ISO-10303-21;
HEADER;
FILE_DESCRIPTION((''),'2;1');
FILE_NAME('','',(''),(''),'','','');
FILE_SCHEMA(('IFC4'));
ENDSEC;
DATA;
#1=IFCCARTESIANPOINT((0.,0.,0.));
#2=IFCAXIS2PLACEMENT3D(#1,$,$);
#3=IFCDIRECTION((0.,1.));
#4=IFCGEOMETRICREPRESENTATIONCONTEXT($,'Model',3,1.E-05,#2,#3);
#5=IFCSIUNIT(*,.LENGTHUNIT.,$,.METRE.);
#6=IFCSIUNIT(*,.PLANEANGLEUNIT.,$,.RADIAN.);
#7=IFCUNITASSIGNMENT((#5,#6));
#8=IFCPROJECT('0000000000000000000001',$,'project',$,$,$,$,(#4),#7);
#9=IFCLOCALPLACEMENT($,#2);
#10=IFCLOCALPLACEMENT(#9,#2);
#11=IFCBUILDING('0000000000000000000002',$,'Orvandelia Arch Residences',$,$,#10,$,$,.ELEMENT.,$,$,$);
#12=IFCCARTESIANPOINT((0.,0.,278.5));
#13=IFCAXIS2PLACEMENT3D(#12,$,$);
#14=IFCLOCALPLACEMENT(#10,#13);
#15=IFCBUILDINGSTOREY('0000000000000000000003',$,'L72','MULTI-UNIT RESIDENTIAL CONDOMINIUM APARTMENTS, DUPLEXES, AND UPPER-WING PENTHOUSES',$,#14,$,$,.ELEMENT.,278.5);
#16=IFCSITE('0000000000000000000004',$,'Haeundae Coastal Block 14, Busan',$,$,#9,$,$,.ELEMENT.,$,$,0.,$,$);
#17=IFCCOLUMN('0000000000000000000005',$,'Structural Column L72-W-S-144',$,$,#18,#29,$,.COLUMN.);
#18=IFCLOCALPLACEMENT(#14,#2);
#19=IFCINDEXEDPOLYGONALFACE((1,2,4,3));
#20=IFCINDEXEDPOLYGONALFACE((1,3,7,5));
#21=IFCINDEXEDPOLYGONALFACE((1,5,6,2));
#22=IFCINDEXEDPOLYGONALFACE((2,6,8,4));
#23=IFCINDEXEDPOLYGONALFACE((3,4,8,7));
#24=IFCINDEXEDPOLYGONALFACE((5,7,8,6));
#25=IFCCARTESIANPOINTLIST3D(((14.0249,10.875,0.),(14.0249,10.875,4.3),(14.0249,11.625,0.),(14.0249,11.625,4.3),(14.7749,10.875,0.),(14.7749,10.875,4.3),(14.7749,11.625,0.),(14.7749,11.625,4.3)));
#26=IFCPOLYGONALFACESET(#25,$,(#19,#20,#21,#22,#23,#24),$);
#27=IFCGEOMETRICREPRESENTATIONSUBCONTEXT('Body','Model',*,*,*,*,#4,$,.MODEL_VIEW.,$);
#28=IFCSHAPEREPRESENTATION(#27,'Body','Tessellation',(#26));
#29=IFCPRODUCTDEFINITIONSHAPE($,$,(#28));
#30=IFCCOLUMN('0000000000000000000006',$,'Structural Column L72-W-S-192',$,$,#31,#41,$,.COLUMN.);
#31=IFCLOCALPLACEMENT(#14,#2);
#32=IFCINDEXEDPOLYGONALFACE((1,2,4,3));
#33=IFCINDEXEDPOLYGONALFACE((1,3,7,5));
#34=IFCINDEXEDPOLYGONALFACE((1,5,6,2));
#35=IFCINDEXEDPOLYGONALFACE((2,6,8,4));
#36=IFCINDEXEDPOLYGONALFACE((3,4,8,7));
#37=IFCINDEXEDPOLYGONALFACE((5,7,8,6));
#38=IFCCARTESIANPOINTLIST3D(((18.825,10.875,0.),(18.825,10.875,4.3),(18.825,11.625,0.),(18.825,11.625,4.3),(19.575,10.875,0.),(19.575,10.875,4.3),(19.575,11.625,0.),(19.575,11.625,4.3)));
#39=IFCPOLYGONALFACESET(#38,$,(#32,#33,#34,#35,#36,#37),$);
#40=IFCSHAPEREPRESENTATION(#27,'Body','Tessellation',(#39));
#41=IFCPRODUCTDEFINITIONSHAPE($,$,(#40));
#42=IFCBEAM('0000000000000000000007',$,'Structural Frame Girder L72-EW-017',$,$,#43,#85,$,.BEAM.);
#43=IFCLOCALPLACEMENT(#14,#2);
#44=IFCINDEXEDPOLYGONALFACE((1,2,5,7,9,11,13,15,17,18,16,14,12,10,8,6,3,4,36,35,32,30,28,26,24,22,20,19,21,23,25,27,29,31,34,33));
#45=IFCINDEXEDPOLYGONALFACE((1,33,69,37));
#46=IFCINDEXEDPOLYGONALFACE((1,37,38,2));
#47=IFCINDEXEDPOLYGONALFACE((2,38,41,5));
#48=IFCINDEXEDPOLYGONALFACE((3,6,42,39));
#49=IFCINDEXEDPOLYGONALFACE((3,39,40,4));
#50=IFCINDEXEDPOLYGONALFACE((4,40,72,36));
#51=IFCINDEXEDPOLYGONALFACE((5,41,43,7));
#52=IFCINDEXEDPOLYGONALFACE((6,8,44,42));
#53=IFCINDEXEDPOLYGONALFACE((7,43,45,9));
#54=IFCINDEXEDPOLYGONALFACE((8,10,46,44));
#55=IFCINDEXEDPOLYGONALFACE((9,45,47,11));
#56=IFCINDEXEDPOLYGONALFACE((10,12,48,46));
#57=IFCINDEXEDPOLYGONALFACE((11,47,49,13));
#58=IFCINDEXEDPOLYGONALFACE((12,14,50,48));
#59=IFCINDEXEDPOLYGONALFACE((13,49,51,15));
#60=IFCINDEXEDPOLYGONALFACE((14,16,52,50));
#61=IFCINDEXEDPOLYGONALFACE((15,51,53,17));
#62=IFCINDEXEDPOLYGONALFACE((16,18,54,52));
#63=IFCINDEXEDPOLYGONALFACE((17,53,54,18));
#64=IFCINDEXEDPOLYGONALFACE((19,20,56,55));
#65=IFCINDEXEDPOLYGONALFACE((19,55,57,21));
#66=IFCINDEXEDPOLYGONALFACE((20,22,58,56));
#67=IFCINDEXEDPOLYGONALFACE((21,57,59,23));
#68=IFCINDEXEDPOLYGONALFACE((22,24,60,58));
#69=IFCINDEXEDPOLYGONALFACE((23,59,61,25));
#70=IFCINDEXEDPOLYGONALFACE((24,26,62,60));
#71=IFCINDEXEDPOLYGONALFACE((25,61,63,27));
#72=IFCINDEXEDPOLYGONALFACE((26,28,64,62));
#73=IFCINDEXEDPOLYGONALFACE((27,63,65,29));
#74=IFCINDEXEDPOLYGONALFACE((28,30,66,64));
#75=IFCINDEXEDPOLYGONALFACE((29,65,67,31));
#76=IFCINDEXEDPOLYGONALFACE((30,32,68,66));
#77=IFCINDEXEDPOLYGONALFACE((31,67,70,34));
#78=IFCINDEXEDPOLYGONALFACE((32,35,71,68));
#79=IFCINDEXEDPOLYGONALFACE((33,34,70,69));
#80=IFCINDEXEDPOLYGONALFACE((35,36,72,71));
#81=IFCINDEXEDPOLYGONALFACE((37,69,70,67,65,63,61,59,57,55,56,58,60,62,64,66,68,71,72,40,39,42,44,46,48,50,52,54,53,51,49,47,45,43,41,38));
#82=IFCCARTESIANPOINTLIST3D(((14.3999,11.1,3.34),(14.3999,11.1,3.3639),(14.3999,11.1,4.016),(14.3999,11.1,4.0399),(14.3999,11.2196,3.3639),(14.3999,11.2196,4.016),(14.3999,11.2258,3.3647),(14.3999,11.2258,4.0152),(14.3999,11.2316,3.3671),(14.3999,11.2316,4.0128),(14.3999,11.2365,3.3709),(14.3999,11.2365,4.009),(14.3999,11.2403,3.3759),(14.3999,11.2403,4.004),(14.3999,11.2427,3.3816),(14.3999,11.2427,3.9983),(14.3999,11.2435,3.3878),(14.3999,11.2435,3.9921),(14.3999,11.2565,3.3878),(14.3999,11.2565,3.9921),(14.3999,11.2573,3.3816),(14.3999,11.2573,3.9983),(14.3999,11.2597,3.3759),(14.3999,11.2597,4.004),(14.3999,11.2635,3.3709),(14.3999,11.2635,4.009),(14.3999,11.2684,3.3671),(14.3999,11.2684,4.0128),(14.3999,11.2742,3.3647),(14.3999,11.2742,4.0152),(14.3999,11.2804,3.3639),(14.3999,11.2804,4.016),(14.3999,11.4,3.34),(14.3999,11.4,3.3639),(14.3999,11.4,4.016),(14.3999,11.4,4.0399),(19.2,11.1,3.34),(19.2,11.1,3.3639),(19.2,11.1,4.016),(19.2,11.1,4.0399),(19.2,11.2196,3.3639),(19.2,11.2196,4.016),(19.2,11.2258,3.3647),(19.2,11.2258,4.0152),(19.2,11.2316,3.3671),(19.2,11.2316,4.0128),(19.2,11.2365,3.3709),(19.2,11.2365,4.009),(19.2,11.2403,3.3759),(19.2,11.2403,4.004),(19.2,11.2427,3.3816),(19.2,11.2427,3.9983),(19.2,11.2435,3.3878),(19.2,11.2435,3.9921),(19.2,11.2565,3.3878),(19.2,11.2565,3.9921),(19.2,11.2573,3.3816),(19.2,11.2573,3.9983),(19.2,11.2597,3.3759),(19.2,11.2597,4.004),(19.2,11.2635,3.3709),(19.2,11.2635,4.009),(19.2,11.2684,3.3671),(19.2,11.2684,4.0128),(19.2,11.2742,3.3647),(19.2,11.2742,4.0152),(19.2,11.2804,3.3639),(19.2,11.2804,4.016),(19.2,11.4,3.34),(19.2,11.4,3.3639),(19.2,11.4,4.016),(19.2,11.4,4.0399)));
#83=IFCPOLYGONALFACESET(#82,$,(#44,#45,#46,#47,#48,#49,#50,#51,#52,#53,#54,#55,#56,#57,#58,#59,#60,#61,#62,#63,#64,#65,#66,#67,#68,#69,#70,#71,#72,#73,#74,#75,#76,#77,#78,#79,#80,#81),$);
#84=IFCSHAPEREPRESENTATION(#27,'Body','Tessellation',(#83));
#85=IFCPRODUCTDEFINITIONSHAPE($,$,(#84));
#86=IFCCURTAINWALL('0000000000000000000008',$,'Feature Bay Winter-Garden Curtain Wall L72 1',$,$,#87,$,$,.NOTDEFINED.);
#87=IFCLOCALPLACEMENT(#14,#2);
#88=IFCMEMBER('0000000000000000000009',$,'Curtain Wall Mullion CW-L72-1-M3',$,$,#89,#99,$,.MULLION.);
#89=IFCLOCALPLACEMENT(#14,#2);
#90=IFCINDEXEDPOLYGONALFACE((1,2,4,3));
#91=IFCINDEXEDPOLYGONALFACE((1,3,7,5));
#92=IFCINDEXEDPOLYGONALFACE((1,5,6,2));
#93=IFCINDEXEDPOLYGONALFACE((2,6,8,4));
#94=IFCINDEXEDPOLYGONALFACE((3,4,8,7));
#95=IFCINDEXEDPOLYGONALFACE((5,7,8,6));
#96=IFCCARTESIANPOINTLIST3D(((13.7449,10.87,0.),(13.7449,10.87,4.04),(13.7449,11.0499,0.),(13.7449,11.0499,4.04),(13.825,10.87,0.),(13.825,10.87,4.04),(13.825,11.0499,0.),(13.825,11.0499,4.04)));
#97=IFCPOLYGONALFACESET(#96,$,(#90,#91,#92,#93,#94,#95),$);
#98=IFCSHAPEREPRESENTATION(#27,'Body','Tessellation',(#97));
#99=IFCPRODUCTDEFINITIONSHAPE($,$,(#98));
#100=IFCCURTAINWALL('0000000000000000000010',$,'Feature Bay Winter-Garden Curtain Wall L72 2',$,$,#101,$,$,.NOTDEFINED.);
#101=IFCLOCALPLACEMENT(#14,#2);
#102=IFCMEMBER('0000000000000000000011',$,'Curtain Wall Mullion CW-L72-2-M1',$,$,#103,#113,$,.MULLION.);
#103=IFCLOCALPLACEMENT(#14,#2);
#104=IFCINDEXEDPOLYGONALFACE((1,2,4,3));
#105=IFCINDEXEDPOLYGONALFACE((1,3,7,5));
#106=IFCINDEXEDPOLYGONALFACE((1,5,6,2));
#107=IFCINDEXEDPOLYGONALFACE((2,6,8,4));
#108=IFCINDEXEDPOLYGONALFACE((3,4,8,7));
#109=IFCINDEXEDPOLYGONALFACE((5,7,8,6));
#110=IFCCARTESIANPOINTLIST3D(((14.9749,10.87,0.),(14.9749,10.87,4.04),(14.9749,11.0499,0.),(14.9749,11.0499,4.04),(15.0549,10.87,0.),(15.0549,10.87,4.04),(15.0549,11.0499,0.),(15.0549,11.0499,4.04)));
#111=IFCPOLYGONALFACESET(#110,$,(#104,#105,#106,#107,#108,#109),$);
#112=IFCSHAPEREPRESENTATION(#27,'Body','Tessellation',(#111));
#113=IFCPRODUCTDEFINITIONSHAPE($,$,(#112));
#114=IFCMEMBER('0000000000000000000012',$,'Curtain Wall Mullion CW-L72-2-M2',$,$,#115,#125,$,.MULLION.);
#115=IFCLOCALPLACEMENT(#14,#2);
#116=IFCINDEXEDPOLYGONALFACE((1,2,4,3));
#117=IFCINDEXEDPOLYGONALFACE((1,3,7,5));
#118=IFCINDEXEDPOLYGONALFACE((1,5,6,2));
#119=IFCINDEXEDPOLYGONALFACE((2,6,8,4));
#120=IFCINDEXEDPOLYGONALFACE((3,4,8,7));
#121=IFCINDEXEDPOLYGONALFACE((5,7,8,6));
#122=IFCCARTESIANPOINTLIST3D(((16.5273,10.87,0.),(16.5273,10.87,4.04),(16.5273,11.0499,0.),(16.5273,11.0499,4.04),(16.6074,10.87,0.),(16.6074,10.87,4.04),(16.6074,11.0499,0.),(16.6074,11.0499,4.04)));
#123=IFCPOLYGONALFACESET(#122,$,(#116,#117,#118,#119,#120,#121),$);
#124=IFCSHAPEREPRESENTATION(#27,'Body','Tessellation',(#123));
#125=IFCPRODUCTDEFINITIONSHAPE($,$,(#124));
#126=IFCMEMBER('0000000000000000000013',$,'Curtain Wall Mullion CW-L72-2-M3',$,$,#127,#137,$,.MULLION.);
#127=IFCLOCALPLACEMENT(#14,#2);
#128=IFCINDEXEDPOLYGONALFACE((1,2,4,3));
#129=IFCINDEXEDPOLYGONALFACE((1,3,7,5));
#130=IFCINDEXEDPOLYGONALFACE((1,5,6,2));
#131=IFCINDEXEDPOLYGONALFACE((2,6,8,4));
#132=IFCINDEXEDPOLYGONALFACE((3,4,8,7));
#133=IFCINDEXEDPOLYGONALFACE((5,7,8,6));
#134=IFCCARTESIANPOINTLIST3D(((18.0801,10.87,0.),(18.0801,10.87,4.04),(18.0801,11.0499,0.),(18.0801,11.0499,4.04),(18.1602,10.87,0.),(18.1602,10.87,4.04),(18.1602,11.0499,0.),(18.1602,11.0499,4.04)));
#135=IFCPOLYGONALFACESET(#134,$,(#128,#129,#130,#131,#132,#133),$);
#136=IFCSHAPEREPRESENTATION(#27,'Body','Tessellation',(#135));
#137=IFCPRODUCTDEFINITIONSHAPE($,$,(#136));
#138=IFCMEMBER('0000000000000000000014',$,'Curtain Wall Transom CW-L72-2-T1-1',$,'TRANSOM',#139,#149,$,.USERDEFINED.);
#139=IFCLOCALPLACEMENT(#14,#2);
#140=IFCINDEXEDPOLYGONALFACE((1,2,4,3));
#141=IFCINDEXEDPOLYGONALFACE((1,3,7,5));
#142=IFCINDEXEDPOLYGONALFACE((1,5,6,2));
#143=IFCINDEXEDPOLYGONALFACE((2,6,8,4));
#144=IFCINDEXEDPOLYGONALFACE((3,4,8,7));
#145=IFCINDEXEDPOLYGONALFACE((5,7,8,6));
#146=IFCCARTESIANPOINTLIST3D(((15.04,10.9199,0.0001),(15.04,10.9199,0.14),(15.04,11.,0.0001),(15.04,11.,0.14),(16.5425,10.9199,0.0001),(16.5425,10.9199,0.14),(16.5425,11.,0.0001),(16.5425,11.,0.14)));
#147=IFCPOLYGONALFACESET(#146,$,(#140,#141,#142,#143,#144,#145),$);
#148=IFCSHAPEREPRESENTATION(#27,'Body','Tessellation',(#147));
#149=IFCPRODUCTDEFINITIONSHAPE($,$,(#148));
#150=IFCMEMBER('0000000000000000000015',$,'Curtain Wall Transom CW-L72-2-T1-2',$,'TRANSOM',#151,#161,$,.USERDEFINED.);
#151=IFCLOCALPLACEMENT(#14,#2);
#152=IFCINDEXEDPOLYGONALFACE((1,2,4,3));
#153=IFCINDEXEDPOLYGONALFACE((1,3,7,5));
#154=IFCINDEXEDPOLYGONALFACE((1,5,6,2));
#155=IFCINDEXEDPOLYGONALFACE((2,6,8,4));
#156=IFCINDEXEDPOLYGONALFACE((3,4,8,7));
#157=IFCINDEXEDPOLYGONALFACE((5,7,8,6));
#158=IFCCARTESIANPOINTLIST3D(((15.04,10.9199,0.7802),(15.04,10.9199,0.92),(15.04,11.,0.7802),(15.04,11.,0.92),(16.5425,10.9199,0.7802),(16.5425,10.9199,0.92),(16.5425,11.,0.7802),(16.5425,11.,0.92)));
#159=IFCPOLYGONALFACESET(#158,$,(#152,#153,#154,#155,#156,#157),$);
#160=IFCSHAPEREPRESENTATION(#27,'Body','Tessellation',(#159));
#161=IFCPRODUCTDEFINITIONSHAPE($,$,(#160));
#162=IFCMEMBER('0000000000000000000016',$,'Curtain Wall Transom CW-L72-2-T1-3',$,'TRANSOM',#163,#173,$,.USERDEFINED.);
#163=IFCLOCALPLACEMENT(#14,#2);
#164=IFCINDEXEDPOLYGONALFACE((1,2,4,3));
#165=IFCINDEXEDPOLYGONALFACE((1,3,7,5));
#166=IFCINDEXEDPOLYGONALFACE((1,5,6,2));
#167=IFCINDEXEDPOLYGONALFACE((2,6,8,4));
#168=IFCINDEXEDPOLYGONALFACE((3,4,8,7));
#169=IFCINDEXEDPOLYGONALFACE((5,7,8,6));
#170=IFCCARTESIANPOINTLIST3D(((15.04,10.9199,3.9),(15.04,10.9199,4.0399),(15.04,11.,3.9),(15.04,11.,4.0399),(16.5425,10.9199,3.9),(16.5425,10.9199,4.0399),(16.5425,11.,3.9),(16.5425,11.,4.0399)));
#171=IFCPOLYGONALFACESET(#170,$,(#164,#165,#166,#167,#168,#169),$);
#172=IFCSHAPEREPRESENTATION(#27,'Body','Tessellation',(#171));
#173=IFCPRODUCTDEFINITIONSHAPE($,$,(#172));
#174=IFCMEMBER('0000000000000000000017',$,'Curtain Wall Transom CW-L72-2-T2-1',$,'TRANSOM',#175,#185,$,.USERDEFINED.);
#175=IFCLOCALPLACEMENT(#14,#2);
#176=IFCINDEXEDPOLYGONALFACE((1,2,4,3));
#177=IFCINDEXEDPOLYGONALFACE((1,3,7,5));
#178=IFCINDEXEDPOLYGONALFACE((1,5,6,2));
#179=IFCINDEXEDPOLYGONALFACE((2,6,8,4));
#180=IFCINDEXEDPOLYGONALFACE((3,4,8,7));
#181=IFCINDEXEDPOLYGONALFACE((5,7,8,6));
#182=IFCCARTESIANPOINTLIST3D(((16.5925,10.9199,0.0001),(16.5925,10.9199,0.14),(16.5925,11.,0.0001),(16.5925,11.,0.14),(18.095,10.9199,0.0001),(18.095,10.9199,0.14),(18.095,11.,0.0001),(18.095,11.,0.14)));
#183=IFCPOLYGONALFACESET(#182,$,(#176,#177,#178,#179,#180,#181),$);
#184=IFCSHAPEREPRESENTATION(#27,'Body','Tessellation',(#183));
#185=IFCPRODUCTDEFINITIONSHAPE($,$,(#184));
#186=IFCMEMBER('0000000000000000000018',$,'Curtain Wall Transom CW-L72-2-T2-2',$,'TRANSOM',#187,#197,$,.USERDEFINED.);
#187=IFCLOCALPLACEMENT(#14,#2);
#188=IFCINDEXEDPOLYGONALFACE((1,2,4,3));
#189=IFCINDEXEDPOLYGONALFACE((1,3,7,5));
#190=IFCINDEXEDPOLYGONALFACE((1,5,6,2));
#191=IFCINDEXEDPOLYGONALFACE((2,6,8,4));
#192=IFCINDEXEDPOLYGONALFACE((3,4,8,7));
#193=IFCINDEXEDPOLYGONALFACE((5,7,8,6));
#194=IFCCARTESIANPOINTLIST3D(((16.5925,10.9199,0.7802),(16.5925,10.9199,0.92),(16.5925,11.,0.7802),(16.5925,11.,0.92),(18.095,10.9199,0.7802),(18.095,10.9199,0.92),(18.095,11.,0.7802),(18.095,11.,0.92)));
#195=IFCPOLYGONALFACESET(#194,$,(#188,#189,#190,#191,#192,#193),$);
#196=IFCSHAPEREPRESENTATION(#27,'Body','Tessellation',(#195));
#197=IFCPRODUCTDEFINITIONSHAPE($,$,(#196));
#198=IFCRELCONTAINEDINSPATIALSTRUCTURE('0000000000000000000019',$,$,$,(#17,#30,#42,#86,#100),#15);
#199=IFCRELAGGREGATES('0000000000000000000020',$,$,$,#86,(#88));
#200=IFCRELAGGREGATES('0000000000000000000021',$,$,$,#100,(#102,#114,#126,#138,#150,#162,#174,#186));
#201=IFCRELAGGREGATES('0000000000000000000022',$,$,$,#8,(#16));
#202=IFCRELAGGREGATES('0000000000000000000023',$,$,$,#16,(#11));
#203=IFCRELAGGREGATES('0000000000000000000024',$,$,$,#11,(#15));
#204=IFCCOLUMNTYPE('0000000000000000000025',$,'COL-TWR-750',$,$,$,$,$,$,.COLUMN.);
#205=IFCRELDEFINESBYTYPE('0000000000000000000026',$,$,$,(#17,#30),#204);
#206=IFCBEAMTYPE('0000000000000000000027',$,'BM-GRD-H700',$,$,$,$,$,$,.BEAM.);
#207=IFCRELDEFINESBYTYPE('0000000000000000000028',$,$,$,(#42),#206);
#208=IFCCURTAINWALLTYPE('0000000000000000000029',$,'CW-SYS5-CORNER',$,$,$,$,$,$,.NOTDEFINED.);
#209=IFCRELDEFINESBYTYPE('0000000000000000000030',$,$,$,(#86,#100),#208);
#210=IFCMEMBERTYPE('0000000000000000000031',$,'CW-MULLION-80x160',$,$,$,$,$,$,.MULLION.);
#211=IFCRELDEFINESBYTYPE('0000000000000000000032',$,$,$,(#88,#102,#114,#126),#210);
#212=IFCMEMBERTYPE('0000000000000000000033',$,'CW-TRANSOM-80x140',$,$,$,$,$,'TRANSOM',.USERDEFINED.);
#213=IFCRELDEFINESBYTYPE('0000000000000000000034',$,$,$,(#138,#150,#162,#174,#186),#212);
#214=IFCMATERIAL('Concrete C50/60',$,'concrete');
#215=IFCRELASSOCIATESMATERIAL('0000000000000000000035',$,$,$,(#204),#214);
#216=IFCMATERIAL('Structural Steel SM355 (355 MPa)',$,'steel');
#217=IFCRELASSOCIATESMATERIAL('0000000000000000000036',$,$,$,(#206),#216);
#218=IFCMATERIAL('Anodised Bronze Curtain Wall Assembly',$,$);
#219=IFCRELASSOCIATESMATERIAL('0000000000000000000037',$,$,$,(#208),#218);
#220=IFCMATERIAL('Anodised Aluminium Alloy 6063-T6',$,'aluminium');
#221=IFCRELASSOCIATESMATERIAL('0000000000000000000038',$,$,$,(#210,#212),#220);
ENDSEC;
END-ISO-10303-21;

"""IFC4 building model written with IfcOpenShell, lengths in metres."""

from ifc_helpers import new_model, si_unit, direction, frame, origin, origin_2d, place, context, subcontext, project, spatial, rectangle, i_section, extrude, material, material_profile, profile_set, type_object, element, aggregate, save


model = new_model("IFC4")

# Units and contexts
model_context = context("Model", 3, precision=1e-05, world=origin(), true_north=direction((0.0, 1.0)))
body_context = subcontext(model_context, "Body", "Model", "MODEL_VIEW")
ifc_project = project(units=[si_unit("LENGTHUNIT", "METRE"), si_unit("PLANEANGLEUNIT", "RADIAN")], contexts=[model_context])

# Site, building, storey
site_placement = place(None, origin())
site = spatial("IfcSite", under=ifc_project, at=site_placement, Name="Haeundae Coastal Block 14, Busan", CompositionType="ELEMENT", RefElevation=0.0)
building_placement = place(site_placement, origin())
building = spatial("IfcBuilding", under=site, at=building_placement, Name="Orvandelia Arch Residences", CompositionType="ELEMENT")
storey_placement = place(building_placement, frame((0.0, 0.0, 278.5)))
storey = spatial("IfcBuildingStorey", under=building, at=storey_placement, Name="L72", Description="MULTI-UNIT RESIDENTIAL CONDOMINIUM APARTMENTS, DUPLEXES, AND UPPER-WING PENTHOUSES", CompositionType="ELEMENT", Elevation=278.5)

# Columns
ifc_material_1 = material(Name="Concrete C50/60", Category="concrete")
ifc_material_profile_1 = material_profile(ifc_material_1, rectangle(XDim=0.75, YDim=0.75, at=origin_2d()), Name="Concrete C50/60", Category="concrete")
ifc_profile_set_1 = profile_set([ifc_material_profile_1], Name="Concrete C50/60")
column_type = type_object("IfcColumnType", Name="COL-TWR-750", PredefinedType="COLUMN", material=ifc_profile_set_1)
for number, where, z_axis, x_axis, name in (
    (1, (14.3999, 11.25, 0.0), (0.0, 0.0, 1.0), (1.0, 0.0, 0.0), "Structural Column L72-W-S-144"),
    (2, (19.2, 11.25, 0.0), (0.0, 0.0, 1.0), (1.0, 0.0, 0.0), "Structural Column L72-W-S-192"),
):
    element("IfcColumn", number, at=place(storey_placement, frame(where, z_axis=z_axis, x_axis=x_axis)), inside=storey, type_object=column_type, Name=name, PredefinedType="COLUMN", context=body_context, shape_type="SweptSolid", body=[
        extrude(rectangle(XDim=0.75, YDim=0.75, at=origin_2d()), origin(), (0.0, 0.0, 1.0), 4.3),
    ])

# Beam
ifc_material_2 = material(Name="Structural Steel SM355 (355 MPa)", Category="steel")
ifc_material_profile_2 = material_profile(ifc_material_2, i_section(OverallWidth=0.3, OverallDepth=0.7, WebThickness=0.0129, FlangeThickness=0.0239, FilletRadius=0.0239, at=origin_2d()), Name="Structural Steel SM355 (355 MPa)", Category="steel")
ifc_profile_set_2 = profile_set([ifc_material_profile_2], Name="Structural Steel SM355 (355 MPa)")
beam_type = type_object("IfcBeamType", Name="BM-GRD-H700", PredefinedType="BEAM", material=ifc_profile_set_2)
beam_placement = place(storey_placement, frame((14.3999, 11.25, 3.6899), z_axis=(1.0, 0.0, 0.0), x_axis=(0.0, 1.0, 0.0)))
element("IfcBeam", 3, at=beam_placement, inside=storey, type_object=beam_type, Name="Structural Frame Girder L72-EW-017", PredefinedType="BEAM", context=body_context, shape_type="SweptSolid", body=[
    extrude(i_section(OverallWidth=0.3, OverallDepth=0.7, WebThickness=0.0129, FlangeThickness=0.0239, FilletRadius=0.0239, at=origin_2d()), origin(), (0.0, 0.0, 1.0), 4.8),
])

# Curtain wall, member
ifc_material_3 = material(Name="Anodised Bronze Curtain Wall Assembly")
curtain_wall_type = type_object("IfcCurtainWallType", Name="CW-SYS5-CORNER", PredefinedType="NOTDEFINED", material=ifc_material_3)
curtain_wall_1_placement = place(storey_placement, origin())
curtain_wall_1 = element("IfcCurtainWall", 4, at=curtain_wall_1_placement, inside=storey, type_object=curtain_wall_type, Name="Feature Bay Winter-Garden Curtain Wall L72 1", PredefinedType="NOTDEFINED")
ifc_material_4 = material(Name="Anodised Aluminium Alloy 6063-T6", Category="aluminium")
ifc_material_profile_3 = material_profile(ifc_material_4, rectangle(XDim=0.0801, YDim=0.1799, at=origin_2d()), Name="Anodised Aluminium Alloy 6063-T6", Category="aluminium")
ifc_profile_set_3 = profile_set([ifc_material_profile_3], Name="Anodised Aluminium Alloy 6063-T6")
member_type_1 = type_object("IfcMemberType", Name="CW-MULLION-80x160", PredefinedType="MULLION", material=ifc_profile_set_3)
member_1_placement = place(storey_placement, frame((13.7849, 10.96, 0.0), z_axis=(0.0, 0.0, 1.0), x_axis=(1.0, 0.0, 0.0)))
member_1 = element("IfcMember", 5, at=member_1_placement, type_object=member_type_1, Name="Curtain Wall Mullion CW-L72-1-M3", PredefinedType="MULLION", context=body_context, shape_type="SweptSolid", body=[
    extrude(rectangle(XDim=0.0801, YDim=0.1799, at=origin_2d()), origin(), (0.0, 0.0, 1.0), 4.04),
])
aggregate(curtain_wall_1, [member_1])

# Curtain wall, members
curtain_wall_2_placement = place(storey_placement, origin())
curtain_wall_2 = element("IfcCurtainWall", 6, at=curtain_wall_2_placement, inside=storey, type_object=curtain_wall_type, Name="Feature Bay Winter-Garden Curtain Wall L72 2", PredefinedType="NOTDEFINED")
member_2_placement = place(storey_placement, frame((15.0149, 10.96, 0.0), z_axis=(0.0, 0.0, 1.0), x_axis=(1.0, 0.0, 0.0)))
member_2 = element("IfcMember", 7, at=member_2_placement, type_object=member_type_1, Name="Curtain Wall Mullion CW-L72-2-M1", PredefinedType="MULLION", context=body_context, shape_type="SweptSolid", body=[
    extrude(rectangle(XDim=0.0801, YDim=0.1799, at=origin_2d()), origin(), (0.0, 0.0, 1.0), 4.04),
])
member_3_placement = place(storey_placement, frame((16.5674, 10.96, 0.0), z_axis=(0.0, 0.0, 1.0), x_axis=(1.0, 0.0, 0.0)))
member_3 = element("IfcMember", 8, at=member_3_placement, type_object=member_type_1, Name="Curtain Wall Mullion CW-L72-2-M2", PredefinedType="MULLION", context=body_context, shape_type="SweptSolid", body=[
    extrude(rectangle(XDim=0.0801, YDim=0.1799, at=origin_2d()), origin(), (0.0, 0.0, 1.0), 4.04),
])
member_4_placement = place(storey_placement, frame((18.1201, 10.96, 0.0), z_axis=(0.0, 0.0, 1.0), x_axis=(1.0, 0.0, 0.0)))
member_4 = element("IfcMember", 9, at=member_4_placement, type_object=member_type_1, Name="Curtain Wall Mullion CW-L72-2-M3", PredefinedType="MULLION", context=body_context, shape_type="SweptSolid", body=[
    extrude(rectangle(XDim=0.0801, YDim=0.1799, at=origin_2d()), origin(), (0.0, 0.0, 1.0), 4.04),
])
ifc_material_profile_4 = material_profile(ifc_material_4, rectangle(XDim=0.0801, YDim=0.1399, at=origin_2d()), Name="Anodised Aluminium Alloy 6063-T6", Category="aluminium")
ifc_profile_set_4 = profile_set([ifc_material_profile_4], Name="Anodised Aluminium Alloy 6063-T6")
member_type_2 = type_object("IfcMemberType", Name="CW-TRANSOM-80x140", ElementType="TRANSOM", PredefinedType="USERDEFINED", material=ifc_profile_set_4)
member_5_placement = place(storey_placement, frame((15.04, 10.96, 0.0701), z_axis=(1.0, 0.0, 0.0), x_axis=(0.0, 1.0, 0.0)))
member_5 = element("IfcMember", 10, at=member_5_placement, type_object=member_type_2, Name="Curtain Wall Transom CW-L72-2-T1-1", ObjectType="TRANSOM", PredefinedType="USERDEFINED", context=body_context, shape_type="SweptSolid", body=[
    extrude(rectangle(XDim=0.0801, YDim=0.1399, at=origin_2d()), origin(), (0.0, 0.0, 1.0), 1.5024),
])
member_6_placement = place(storey_placement, frame((15.04, 10.96, 0.8501), z_axis=(1.0, 0.0, 0.0), x_axis=(0.0, 1.0, 0.0)))
member_6 = element("IfcMember", 11, at=member_6_placement, type_object=member_type_2, Name="Curtain Wall Transom CW-L72-2-T1-2", ObjectType="TRANSOM", PredefinedType="USERDEFINED", context=body_context, shape_type="SweptSolid", body=[
    extrude(rectangle(XDim=0.0801, YDim=0.1399, at=origin_2d()), origin(), (0.0, 0.0, 1.0), 1.5024),
])
member_7_placement = place(storey_placement, frame((15.04, 10.96, 3.97), z_axis=(1.0, 0.0, 0.0), x_axis=(0.0, 1.0, 0.0)))
member_7 = element("IfcMember", 12, at=member_7_placement, type_object=member_type_2, Name="Curtain Wall Transom CW-L72-2-T1-3", ObjectType="TRANSOM", PredefinedType="USERDEFINED", context=body_context, shape_type="SweptSolid", body=[
    extrude(rectangle(XDim=0.0801, YDim=0.1399, at=origin_2d()), origin(), (0.0, 0.0, 1.0), 1.5024),
])
member_8_placement = place(storey_placement, frame((16.5925, 10.96, 0.0701), z_axis=(1.0, 0.0, 0.0), x_axis=(0.0, 1.0, 0.0)))
member_8 = element("IfcMember", 13, at=member_8_placement, type_object=member_type_2, Name="Curtain Wall Transom CW-L72-2-T2-1", ObjectType="TRANSOM", PredefinedType="USERDEFINED", context=body_context, shape_type="SweptSolid", body=[
    extrude(rectangle(XDim=0.0801, YDim=0.1399, at=origin_2d()), origin(), (0.0, 0.0, 1.0), 1.5024),
])
member_9_placement = place(storey_placement, frame((16.5925, 10.96, 0.8501), z_axis=(1.0, 0.0, 0.0), x_axis=(0.0, 1.0, 0.0)))
member_9 = element("IfcMember", 14, at=member_9_placement, type_object=member_type_2, Name="Curtain Wall Transom CW-L72-2-T2-2", ObjectType="TRANSOM", PredefinedType="USERDEFINED", context=body_context, shape_type="SweptSolid", body=[
    extrude(rectangle(XDim=0.0801, YDim=0.1399, at=origin_2d()), origin(), (0.0, 0.0, 1.0), 1.5024),
])
aggregate(curtain_wall_2, [member_2, member_3, member_4, member_5, member_6, member_7, member_8, member_9])

save(model, "model.ifc")
